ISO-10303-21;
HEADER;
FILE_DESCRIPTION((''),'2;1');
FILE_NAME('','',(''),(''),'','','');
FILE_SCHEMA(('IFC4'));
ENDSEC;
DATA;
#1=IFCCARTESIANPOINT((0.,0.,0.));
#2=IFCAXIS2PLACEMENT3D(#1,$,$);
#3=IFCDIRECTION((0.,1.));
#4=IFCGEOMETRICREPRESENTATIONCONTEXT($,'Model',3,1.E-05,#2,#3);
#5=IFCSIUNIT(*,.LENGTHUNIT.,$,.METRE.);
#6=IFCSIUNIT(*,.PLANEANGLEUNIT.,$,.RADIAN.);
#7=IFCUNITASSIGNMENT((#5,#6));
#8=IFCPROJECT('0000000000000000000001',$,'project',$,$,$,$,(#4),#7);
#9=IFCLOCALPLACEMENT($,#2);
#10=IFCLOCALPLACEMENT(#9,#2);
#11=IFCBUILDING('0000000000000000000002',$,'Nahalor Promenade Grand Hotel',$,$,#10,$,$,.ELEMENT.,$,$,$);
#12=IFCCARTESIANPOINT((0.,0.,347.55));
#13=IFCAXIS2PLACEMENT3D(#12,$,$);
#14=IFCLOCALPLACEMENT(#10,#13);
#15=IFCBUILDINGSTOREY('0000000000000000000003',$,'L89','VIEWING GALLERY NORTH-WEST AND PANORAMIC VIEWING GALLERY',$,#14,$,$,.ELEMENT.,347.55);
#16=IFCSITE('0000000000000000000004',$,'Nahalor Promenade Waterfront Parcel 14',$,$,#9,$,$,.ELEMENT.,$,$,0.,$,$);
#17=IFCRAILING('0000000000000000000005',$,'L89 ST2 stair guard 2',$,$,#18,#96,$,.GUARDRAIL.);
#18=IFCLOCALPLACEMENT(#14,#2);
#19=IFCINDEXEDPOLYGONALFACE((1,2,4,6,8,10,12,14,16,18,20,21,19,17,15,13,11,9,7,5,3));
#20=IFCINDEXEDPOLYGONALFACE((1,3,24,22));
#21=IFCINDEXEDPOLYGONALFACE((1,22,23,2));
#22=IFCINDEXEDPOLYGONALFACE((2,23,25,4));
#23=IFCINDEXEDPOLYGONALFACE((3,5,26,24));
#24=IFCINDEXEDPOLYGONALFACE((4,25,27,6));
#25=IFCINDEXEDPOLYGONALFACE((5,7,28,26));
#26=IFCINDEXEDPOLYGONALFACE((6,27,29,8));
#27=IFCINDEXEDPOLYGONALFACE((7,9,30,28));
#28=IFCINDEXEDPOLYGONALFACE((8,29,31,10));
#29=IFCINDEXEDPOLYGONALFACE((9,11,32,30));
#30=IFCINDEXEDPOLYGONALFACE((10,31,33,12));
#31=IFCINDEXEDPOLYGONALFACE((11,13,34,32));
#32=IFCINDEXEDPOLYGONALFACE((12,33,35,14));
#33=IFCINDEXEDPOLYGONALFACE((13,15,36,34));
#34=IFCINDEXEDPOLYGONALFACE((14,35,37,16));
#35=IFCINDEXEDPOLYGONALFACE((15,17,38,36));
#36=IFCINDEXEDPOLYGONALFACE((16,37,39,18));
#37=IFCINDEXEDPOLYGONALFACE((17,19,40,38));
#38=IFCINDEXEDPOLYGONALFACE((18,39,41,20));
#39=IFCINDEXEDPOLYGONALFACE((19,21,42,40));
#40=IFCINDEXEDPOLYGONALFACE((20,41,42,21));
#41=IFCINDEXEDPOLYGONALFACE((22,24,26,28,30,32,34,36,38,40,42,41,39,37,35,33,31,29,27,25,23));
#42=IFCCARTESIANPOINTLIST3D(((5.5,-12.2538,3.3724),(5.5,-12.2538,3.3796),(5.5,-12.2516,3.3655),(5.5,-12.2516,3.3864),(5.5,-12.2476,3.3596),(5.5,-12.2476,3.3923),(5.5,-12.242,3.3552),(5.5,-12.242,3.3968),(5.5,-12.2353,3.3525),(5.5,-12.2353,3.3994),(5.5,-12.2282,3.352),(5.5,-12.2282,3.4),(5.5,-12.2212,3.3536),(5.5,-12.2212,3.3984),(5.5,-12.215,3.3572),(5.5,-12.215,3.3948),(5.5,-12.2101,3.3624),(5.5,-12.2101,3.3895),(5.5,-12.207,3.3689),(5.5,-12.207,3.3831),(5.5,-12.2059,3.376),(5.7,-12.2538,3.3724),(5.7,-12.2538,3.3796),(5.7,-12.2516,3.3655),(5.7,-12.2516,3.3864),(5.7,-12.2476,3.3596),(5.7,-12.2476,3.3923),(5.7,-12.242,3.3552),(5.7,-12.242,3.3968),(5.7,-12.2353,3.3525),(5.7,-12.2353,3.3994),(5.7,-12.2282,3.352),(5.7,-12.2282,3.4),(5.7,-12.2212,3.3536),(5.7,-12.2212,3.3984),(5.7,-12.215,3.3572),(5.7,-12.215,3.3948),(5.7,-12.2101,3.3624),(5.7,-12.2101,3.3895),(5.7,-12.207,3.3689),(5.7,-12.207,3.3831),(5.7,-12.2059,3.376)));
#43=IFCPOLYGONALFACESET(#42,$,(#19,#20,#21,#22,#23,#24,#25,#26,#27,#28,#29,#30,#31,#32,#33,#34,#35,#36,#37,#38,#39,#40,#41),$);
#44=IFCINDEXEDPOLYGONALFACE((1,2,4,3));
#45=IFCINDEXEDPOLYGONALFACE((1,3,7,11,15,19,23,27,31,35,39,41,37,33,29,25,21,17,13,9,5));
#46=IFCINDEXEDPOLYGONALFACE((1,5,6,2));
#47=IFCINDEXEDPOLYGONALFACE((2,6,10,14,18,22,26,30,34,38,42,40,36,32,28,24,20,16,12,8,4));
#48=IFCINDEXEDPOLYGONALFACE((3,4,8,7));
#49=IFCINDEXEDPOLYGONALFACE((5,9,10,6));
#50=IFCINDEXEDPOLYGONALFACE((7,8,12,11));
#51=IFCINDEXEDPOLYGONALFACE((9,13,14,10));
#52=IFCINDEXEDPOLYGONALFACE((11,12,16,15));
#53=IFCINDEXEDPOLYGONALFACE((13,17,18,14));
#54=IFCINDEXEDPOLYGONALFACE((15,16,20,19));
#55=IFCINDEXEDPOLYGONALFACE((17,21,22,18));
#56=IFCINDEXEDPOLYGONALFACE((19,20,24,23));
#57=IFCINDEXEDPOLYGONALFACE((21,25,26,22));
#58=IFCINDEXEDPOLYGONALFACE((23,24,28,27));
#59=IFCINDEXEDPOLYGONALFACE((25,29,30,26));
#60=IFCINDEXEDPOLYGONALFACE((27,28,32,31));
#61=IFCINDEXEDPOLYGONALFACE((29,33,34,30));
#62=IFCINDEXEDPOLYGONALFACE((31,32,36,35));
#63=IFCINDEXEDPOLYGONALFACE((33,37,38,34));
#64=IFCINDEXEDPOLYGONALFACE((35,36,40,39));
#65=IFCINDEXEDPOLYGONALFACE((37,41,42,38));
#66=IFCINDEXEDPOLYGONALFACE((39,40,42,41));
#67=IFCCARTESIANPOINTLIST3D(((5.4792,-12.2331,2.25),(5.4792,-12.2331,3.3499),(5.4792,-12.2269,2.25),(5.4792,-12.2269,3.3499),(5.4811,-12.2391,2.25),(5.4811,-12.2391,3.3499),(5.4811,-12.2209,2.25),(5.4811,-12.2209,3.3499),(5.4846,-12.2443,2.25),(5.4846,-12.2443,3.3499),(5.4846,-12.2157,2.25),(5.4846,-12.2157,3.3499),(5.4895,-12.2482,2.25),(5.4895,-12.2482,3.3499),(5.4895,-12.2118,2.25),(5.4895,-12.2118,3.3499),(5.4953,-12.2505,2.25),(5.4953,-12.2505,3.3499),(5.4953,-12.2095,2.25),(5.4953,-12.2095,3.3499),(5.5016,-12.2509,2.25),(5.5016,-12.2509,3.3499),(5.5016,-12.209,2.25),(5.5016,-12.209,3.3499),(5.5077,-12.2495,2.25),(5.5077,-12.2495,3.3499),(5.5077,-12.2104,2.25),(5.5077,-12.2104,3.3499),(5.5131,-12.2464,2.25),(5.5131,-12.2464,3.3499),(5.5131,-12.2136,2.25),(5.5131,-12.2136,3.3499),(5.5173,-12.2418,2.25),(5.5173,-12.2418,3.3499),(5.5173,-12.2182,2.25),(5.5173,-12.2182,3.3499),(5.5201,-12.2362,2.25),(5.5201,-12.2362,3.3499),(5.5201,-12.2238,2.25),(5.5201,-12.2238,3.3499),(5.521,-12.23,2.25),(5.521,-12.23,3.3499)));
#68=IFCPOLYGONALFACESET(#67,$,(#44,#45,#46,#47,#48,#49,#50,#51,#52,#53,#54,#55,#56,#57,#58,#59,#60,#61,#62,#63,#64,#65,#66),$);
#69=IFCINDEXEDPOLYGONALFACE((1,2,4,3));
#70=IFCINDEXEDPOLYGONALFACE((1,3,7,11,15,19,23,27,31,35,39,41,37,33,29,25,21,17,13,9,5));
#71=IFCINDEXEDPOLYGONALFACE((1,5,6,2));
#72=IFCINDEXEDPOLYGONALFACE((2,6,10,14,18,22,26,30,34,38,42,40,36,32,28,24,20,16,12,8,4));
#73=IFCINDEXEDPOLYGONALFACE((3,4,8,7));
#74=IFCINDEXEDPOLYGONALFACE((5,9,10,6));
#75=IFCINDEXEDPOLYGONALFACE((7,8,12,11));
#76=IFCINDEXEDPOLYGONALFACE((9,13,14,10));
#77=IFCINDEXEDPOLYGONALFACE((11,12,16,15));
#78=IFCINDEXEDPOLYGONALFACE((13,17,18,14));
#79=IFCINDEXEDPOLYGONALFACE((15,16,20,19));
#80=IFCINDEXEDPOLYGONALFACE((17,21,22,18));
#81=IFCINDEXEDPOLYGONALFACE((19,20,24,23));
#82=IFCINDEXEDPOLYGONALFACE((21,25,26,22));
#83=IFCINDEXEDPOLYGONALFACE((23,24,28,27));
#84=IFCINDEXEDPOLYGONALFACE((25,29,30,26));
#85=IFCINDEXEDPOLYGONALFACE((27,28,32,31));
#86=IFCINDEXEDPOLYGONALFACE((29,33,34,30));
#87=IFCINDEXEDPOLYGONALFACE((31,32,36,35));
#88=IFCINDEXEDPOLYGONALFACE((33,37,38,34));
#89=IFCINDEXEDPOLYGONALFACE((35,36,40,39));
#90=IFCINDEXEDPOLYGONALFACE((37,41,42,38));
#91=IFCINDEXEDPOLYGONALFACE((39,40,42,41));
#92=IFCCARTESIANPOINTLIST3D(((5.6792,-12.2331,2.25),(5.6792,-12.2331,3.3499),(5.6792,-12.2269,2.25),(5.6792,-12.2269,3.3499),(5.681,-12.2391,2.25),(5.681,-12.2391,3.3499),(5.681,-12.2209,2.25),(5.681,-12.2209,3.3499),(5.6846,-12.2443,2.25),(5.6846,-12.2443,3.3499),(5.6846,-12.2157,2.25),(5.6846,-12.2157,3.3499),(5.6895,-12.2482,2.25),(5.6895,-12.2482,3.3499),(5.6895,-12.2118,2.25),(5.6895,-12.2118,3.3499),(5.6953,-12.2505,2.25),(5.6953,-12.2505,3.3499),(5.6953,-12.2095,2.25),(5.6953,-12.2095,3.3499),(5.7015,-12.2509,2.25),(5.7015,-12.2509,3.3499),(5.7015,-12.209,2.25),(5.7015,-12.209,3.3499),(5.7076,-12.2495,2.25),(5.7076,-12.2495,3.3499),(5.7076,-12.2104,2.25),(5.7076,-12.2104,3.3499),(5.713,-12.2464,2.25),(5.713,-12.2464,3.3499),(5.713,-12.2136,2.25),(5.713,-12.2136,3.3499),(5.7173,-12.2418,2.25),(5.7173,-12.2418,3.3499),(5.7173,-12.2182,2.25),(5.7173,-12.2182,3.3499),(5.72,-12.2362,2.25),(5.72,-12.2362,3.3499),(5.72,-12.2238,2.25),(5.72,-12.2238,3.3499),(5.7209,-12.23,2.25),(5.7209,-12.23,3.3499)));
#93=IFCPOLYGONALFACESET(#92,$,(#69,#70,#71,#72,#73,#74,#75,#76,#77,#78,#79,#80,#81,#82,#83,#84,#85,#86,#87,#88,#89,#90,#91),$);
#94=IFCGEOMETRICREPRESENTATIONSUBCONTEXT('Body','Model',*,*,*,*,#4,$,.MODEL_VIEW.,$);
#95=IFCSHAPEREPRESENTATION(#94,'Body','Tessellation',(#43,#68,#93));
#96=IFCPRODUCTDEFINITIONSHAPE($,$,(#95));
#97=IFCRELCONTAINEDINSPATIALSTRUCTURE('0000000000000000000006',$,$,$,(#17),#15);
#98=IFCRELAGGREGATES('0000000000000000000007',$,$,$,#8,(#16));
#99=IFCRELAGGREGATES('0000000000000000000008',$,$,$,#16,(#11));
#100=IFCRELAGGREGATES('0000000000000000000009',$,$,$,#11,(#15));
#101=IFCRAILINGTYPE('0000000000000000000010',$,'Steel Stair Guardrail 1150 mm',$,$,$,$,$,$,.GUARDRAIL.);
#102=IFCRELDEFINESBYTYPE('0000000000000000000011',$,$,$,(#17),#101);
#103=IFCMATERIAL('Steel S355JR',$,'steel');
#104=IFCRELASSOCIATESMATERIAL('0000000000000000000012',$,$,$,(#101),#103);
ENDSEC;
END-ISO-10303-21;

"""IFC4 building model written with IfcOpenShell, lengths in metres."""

from ifc_helpers import new_model, si_unit, direction, frame, origin, origin_2d, place, context, subcontext, project, spatial, circle, extrude, material, type_object, element, save


model = new_model("IFC4")

# Units and contexts
model_context = context("Model", 3, precision=1e-05, world=origin(), true_north=direction((0.0, 1.0)))
body_context = subcontext(model_context, "Body", "Model", "MODEL_VIEW")
ifc_project = project(units=[si_unit("LENGTHUNIT", "METRE"), si_unit("PLANEANGLEUNIT", "RADIAN")], contexts=[model_context])

# Site, building, storey
site_placement = place(None, origin())
site = spatial("IfcSite", under=ifc_project, at=site_placement, Name="Nahalor Promenade Waterfront Parcel 14", CompositionType="ELEMENT", RefElevation=0.0)
building_placement = place(site_placement, origin())
building = spatial("IfcBuilding", under=site, at=building_placement, Name="Nahalor Promenade Grand Hotel", CompositionType="ELEMENT")
storey_placement = place(building_placement, frame((0.0, 0.0, 347.55)))
storey = spatial("IfcBuildingStorey", under=building, at=storey_placement, Name="L89", Description="VIEWING GALLERY NORTH-WEST AND PANORAMIC VIEWING GALLERY", CompositionType="ELEMENT", Elevation=347.55)

# Shared definitions
ifc_material_1 = material(Name="Steel S355JR", Category="steel")

# Railing
railing_type_1 = type_object("IfcRailingType", Name="Steel Stair Guardrail 1150 mm", PredefinedType="GUARDRAIL", material=ifc_material_1)
railing_1_placement = place(storey_placement, frame((5.5, -12.23, 2.25)))
element("IfcRailing", 1, at=railing_1_placement, inside=storey, type_object=railing_type_1, Name="L89 ST2 stair guard 2", PredefinedType="GUARDRAIL", context=body_context, shape_type="SweptSolid", body=[
    extrude(circle(Radius=0.024, at=origin_2d()), frame((0.0, 0.0, 1.126), z_axis=(1.0, 0.0, 0.0), x_axis=(0.0, 1.0, 0.0)), (0.0, 0.0, 1.0), 0.2),
    extrude(circle(Radius=0.021, at=origin_2d()), origin(), (0.0, 0.0, 1.0), 1.0999),
    extrude(circle(Radius=0.021, at=origin_2d()), frame((0.2, 0.0, 0.0)), (0.0, 0.0, 1.0), 1.0999),
])

save(model, "model.ifc")
